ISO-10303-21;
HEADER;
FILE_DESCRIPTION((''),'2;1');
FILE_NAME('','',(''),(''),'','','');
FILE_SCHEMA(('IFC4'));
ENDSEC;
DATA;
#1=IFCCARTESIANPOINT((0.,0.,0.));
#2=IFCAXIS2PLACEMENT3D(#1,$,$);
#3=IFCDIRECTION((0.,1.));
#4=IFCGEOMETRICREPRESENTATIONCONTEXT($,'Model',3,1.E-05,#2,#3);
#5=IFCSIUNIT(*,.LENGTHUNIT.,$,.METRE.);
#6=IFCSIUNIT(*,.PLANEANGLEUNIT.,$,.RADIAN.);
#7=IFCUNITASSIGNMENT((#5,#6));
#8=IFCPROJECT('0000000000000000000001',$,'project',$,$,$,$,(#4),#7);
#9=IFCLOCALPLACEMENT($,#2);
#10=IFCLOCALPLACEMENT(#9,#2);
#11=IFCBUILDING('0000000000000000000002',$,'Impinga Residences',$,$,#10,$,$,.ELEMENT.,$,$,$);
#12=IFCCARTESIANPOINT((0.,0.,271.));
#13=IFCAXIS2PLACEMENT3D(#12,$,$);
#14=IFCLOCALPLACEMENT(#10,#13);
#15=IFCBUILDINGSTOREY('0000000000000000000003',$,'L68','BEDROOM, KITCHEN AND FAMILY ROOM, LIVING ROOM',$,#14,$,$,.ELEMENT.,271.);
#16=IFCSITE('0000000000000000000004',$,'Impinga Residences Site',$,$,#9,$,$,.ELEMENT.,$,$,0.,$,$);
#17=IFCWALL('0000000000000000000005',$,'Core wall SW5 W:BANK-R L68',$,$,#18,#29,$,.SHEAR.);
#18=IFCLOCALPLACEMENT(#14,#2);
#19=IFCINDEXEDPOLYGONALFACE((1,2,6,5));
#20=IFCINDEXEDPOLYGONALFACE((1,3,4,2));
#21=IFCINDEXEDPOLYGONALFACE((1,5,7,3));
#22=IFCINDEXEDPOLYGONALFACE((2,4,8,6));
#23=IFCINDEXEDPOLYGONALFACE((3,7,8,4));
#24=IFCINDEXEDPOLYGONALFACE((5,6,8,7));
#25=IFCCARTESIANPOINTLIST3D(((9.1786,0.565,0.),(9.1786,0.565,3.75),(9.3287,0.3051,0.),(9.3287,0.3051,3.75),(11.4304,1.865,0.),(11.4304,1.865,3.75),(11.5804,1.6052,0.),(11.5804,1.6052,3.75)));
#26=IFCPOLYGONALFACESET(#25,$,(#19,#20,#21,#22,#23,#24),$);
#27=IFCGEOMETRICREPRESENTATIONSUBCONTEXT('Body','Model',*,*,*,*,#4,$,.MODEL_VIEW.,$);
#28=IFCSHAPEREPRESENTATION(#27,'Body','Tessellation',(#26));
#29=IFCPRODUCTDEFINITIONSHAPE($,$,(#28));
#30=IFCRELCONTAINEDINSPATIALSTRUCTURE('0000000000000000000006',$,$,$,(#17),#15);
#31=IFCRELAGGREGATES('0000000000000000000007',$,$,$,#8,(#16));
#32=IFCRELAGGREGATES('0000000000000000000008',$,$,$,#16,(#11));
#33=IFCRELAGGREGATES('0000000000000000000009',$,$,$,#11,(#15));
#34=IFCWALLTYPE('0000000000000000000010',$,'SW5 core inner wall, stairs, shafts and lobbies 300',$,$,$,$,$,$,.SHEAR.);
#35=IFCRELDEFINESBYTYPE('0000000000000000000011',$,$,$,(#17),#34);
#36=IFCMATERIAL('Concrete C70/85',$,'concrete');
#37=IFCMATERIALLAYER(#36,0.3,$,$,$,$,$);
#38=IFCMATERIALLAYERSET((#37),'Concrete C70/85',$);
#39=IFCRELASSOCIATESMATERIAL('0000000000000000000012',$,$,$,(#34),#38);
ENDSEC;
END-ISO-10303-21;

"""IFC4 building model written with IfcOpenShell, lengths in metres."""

from ifc_helpers import new_model, si_unit, direction, frame, frame_2d, origin, place, context, subcontext, project, spatial, rectangle, extrude, material, layer, layer_set, type_object, element, save


model = new_model("IFC4")

# Units and contexts
model_context = context("Model", 3, precision=1e-05, world=origin(), true_north=direction((0.0, 1.0)))
body_context = subcontext(model_context, "Body", "Model", "MODEL_VIEW")
ifc_project = project(units=[si_unit("LENGTHUNIT", "METRE"), si_unit("PLANEANGLEUNIT", "RADIAN")], contexts=[model_context])

# Site, building, storey
site_placement = place(None, origin())
site = spatial("IfcSite", under=ifc_project, at=site_placement, Name="Impinga Residences Site", CompositionType="ELEMENT", RefElevation=0.0)
building_placement = place(site_placement, origin())
building = spatial("IfcBuilding", under=site, at=building_placement, Name="Impinga Residences", CompositionType="ELEMENT")
storey_placement = place(building_placement, frame((0.0, 0.0, 271.0)))
storey = spatial("IfcBuildingStorey", under=building, at=storey_placement, Name="L68", Description="BEDROOM, KITCHEN AND FAMILY ROOM, LIVING ROOM", CompositionType="ELEMENT", Elevation=271.0)

# Shared definitions
ifc_material_1 = material(Name="Concrete C70/85", Category="concrete")
ifc_layer_1 = layer(ifc_material_1, 0.3)
ifc_layer_set_1 = layer_set([ifc_layer_1], Name="Concrete C70/85")
wall_type_1 = type_object("IfcWallType", Name="SW5 core inner wall, stairs, shafts and lobbies 300", PredefinedType="SHEAR", material=ifc_layer_set_1)

# Wall
for number, where, z_axis, x_axis, name in (
    (1, (9.2537, 0.4351, 0.0), (0.0, 0.0, 1.0), (0.866021, 0.500007, 0.0), "Core wall SW5 W:BANK-R L68"),
):
    element("IfcWall", number, at=place(storey_placement, frame(where, z_axis=z_axis, x_axis=x_axis)), inside=storey, type_object=wall_type_1, Name=name, PredefinedType="SHEAR", context=body_context, shape_type="SweptSolid", body=[
        extrude(rectangle(XDim=2.6001, YDim=0.3, at=frame_2d((1.3, 0.0))), origin(), (0.0, 0.0, 1.0), 3.75),
    ])

save(model, "model.ifc")
